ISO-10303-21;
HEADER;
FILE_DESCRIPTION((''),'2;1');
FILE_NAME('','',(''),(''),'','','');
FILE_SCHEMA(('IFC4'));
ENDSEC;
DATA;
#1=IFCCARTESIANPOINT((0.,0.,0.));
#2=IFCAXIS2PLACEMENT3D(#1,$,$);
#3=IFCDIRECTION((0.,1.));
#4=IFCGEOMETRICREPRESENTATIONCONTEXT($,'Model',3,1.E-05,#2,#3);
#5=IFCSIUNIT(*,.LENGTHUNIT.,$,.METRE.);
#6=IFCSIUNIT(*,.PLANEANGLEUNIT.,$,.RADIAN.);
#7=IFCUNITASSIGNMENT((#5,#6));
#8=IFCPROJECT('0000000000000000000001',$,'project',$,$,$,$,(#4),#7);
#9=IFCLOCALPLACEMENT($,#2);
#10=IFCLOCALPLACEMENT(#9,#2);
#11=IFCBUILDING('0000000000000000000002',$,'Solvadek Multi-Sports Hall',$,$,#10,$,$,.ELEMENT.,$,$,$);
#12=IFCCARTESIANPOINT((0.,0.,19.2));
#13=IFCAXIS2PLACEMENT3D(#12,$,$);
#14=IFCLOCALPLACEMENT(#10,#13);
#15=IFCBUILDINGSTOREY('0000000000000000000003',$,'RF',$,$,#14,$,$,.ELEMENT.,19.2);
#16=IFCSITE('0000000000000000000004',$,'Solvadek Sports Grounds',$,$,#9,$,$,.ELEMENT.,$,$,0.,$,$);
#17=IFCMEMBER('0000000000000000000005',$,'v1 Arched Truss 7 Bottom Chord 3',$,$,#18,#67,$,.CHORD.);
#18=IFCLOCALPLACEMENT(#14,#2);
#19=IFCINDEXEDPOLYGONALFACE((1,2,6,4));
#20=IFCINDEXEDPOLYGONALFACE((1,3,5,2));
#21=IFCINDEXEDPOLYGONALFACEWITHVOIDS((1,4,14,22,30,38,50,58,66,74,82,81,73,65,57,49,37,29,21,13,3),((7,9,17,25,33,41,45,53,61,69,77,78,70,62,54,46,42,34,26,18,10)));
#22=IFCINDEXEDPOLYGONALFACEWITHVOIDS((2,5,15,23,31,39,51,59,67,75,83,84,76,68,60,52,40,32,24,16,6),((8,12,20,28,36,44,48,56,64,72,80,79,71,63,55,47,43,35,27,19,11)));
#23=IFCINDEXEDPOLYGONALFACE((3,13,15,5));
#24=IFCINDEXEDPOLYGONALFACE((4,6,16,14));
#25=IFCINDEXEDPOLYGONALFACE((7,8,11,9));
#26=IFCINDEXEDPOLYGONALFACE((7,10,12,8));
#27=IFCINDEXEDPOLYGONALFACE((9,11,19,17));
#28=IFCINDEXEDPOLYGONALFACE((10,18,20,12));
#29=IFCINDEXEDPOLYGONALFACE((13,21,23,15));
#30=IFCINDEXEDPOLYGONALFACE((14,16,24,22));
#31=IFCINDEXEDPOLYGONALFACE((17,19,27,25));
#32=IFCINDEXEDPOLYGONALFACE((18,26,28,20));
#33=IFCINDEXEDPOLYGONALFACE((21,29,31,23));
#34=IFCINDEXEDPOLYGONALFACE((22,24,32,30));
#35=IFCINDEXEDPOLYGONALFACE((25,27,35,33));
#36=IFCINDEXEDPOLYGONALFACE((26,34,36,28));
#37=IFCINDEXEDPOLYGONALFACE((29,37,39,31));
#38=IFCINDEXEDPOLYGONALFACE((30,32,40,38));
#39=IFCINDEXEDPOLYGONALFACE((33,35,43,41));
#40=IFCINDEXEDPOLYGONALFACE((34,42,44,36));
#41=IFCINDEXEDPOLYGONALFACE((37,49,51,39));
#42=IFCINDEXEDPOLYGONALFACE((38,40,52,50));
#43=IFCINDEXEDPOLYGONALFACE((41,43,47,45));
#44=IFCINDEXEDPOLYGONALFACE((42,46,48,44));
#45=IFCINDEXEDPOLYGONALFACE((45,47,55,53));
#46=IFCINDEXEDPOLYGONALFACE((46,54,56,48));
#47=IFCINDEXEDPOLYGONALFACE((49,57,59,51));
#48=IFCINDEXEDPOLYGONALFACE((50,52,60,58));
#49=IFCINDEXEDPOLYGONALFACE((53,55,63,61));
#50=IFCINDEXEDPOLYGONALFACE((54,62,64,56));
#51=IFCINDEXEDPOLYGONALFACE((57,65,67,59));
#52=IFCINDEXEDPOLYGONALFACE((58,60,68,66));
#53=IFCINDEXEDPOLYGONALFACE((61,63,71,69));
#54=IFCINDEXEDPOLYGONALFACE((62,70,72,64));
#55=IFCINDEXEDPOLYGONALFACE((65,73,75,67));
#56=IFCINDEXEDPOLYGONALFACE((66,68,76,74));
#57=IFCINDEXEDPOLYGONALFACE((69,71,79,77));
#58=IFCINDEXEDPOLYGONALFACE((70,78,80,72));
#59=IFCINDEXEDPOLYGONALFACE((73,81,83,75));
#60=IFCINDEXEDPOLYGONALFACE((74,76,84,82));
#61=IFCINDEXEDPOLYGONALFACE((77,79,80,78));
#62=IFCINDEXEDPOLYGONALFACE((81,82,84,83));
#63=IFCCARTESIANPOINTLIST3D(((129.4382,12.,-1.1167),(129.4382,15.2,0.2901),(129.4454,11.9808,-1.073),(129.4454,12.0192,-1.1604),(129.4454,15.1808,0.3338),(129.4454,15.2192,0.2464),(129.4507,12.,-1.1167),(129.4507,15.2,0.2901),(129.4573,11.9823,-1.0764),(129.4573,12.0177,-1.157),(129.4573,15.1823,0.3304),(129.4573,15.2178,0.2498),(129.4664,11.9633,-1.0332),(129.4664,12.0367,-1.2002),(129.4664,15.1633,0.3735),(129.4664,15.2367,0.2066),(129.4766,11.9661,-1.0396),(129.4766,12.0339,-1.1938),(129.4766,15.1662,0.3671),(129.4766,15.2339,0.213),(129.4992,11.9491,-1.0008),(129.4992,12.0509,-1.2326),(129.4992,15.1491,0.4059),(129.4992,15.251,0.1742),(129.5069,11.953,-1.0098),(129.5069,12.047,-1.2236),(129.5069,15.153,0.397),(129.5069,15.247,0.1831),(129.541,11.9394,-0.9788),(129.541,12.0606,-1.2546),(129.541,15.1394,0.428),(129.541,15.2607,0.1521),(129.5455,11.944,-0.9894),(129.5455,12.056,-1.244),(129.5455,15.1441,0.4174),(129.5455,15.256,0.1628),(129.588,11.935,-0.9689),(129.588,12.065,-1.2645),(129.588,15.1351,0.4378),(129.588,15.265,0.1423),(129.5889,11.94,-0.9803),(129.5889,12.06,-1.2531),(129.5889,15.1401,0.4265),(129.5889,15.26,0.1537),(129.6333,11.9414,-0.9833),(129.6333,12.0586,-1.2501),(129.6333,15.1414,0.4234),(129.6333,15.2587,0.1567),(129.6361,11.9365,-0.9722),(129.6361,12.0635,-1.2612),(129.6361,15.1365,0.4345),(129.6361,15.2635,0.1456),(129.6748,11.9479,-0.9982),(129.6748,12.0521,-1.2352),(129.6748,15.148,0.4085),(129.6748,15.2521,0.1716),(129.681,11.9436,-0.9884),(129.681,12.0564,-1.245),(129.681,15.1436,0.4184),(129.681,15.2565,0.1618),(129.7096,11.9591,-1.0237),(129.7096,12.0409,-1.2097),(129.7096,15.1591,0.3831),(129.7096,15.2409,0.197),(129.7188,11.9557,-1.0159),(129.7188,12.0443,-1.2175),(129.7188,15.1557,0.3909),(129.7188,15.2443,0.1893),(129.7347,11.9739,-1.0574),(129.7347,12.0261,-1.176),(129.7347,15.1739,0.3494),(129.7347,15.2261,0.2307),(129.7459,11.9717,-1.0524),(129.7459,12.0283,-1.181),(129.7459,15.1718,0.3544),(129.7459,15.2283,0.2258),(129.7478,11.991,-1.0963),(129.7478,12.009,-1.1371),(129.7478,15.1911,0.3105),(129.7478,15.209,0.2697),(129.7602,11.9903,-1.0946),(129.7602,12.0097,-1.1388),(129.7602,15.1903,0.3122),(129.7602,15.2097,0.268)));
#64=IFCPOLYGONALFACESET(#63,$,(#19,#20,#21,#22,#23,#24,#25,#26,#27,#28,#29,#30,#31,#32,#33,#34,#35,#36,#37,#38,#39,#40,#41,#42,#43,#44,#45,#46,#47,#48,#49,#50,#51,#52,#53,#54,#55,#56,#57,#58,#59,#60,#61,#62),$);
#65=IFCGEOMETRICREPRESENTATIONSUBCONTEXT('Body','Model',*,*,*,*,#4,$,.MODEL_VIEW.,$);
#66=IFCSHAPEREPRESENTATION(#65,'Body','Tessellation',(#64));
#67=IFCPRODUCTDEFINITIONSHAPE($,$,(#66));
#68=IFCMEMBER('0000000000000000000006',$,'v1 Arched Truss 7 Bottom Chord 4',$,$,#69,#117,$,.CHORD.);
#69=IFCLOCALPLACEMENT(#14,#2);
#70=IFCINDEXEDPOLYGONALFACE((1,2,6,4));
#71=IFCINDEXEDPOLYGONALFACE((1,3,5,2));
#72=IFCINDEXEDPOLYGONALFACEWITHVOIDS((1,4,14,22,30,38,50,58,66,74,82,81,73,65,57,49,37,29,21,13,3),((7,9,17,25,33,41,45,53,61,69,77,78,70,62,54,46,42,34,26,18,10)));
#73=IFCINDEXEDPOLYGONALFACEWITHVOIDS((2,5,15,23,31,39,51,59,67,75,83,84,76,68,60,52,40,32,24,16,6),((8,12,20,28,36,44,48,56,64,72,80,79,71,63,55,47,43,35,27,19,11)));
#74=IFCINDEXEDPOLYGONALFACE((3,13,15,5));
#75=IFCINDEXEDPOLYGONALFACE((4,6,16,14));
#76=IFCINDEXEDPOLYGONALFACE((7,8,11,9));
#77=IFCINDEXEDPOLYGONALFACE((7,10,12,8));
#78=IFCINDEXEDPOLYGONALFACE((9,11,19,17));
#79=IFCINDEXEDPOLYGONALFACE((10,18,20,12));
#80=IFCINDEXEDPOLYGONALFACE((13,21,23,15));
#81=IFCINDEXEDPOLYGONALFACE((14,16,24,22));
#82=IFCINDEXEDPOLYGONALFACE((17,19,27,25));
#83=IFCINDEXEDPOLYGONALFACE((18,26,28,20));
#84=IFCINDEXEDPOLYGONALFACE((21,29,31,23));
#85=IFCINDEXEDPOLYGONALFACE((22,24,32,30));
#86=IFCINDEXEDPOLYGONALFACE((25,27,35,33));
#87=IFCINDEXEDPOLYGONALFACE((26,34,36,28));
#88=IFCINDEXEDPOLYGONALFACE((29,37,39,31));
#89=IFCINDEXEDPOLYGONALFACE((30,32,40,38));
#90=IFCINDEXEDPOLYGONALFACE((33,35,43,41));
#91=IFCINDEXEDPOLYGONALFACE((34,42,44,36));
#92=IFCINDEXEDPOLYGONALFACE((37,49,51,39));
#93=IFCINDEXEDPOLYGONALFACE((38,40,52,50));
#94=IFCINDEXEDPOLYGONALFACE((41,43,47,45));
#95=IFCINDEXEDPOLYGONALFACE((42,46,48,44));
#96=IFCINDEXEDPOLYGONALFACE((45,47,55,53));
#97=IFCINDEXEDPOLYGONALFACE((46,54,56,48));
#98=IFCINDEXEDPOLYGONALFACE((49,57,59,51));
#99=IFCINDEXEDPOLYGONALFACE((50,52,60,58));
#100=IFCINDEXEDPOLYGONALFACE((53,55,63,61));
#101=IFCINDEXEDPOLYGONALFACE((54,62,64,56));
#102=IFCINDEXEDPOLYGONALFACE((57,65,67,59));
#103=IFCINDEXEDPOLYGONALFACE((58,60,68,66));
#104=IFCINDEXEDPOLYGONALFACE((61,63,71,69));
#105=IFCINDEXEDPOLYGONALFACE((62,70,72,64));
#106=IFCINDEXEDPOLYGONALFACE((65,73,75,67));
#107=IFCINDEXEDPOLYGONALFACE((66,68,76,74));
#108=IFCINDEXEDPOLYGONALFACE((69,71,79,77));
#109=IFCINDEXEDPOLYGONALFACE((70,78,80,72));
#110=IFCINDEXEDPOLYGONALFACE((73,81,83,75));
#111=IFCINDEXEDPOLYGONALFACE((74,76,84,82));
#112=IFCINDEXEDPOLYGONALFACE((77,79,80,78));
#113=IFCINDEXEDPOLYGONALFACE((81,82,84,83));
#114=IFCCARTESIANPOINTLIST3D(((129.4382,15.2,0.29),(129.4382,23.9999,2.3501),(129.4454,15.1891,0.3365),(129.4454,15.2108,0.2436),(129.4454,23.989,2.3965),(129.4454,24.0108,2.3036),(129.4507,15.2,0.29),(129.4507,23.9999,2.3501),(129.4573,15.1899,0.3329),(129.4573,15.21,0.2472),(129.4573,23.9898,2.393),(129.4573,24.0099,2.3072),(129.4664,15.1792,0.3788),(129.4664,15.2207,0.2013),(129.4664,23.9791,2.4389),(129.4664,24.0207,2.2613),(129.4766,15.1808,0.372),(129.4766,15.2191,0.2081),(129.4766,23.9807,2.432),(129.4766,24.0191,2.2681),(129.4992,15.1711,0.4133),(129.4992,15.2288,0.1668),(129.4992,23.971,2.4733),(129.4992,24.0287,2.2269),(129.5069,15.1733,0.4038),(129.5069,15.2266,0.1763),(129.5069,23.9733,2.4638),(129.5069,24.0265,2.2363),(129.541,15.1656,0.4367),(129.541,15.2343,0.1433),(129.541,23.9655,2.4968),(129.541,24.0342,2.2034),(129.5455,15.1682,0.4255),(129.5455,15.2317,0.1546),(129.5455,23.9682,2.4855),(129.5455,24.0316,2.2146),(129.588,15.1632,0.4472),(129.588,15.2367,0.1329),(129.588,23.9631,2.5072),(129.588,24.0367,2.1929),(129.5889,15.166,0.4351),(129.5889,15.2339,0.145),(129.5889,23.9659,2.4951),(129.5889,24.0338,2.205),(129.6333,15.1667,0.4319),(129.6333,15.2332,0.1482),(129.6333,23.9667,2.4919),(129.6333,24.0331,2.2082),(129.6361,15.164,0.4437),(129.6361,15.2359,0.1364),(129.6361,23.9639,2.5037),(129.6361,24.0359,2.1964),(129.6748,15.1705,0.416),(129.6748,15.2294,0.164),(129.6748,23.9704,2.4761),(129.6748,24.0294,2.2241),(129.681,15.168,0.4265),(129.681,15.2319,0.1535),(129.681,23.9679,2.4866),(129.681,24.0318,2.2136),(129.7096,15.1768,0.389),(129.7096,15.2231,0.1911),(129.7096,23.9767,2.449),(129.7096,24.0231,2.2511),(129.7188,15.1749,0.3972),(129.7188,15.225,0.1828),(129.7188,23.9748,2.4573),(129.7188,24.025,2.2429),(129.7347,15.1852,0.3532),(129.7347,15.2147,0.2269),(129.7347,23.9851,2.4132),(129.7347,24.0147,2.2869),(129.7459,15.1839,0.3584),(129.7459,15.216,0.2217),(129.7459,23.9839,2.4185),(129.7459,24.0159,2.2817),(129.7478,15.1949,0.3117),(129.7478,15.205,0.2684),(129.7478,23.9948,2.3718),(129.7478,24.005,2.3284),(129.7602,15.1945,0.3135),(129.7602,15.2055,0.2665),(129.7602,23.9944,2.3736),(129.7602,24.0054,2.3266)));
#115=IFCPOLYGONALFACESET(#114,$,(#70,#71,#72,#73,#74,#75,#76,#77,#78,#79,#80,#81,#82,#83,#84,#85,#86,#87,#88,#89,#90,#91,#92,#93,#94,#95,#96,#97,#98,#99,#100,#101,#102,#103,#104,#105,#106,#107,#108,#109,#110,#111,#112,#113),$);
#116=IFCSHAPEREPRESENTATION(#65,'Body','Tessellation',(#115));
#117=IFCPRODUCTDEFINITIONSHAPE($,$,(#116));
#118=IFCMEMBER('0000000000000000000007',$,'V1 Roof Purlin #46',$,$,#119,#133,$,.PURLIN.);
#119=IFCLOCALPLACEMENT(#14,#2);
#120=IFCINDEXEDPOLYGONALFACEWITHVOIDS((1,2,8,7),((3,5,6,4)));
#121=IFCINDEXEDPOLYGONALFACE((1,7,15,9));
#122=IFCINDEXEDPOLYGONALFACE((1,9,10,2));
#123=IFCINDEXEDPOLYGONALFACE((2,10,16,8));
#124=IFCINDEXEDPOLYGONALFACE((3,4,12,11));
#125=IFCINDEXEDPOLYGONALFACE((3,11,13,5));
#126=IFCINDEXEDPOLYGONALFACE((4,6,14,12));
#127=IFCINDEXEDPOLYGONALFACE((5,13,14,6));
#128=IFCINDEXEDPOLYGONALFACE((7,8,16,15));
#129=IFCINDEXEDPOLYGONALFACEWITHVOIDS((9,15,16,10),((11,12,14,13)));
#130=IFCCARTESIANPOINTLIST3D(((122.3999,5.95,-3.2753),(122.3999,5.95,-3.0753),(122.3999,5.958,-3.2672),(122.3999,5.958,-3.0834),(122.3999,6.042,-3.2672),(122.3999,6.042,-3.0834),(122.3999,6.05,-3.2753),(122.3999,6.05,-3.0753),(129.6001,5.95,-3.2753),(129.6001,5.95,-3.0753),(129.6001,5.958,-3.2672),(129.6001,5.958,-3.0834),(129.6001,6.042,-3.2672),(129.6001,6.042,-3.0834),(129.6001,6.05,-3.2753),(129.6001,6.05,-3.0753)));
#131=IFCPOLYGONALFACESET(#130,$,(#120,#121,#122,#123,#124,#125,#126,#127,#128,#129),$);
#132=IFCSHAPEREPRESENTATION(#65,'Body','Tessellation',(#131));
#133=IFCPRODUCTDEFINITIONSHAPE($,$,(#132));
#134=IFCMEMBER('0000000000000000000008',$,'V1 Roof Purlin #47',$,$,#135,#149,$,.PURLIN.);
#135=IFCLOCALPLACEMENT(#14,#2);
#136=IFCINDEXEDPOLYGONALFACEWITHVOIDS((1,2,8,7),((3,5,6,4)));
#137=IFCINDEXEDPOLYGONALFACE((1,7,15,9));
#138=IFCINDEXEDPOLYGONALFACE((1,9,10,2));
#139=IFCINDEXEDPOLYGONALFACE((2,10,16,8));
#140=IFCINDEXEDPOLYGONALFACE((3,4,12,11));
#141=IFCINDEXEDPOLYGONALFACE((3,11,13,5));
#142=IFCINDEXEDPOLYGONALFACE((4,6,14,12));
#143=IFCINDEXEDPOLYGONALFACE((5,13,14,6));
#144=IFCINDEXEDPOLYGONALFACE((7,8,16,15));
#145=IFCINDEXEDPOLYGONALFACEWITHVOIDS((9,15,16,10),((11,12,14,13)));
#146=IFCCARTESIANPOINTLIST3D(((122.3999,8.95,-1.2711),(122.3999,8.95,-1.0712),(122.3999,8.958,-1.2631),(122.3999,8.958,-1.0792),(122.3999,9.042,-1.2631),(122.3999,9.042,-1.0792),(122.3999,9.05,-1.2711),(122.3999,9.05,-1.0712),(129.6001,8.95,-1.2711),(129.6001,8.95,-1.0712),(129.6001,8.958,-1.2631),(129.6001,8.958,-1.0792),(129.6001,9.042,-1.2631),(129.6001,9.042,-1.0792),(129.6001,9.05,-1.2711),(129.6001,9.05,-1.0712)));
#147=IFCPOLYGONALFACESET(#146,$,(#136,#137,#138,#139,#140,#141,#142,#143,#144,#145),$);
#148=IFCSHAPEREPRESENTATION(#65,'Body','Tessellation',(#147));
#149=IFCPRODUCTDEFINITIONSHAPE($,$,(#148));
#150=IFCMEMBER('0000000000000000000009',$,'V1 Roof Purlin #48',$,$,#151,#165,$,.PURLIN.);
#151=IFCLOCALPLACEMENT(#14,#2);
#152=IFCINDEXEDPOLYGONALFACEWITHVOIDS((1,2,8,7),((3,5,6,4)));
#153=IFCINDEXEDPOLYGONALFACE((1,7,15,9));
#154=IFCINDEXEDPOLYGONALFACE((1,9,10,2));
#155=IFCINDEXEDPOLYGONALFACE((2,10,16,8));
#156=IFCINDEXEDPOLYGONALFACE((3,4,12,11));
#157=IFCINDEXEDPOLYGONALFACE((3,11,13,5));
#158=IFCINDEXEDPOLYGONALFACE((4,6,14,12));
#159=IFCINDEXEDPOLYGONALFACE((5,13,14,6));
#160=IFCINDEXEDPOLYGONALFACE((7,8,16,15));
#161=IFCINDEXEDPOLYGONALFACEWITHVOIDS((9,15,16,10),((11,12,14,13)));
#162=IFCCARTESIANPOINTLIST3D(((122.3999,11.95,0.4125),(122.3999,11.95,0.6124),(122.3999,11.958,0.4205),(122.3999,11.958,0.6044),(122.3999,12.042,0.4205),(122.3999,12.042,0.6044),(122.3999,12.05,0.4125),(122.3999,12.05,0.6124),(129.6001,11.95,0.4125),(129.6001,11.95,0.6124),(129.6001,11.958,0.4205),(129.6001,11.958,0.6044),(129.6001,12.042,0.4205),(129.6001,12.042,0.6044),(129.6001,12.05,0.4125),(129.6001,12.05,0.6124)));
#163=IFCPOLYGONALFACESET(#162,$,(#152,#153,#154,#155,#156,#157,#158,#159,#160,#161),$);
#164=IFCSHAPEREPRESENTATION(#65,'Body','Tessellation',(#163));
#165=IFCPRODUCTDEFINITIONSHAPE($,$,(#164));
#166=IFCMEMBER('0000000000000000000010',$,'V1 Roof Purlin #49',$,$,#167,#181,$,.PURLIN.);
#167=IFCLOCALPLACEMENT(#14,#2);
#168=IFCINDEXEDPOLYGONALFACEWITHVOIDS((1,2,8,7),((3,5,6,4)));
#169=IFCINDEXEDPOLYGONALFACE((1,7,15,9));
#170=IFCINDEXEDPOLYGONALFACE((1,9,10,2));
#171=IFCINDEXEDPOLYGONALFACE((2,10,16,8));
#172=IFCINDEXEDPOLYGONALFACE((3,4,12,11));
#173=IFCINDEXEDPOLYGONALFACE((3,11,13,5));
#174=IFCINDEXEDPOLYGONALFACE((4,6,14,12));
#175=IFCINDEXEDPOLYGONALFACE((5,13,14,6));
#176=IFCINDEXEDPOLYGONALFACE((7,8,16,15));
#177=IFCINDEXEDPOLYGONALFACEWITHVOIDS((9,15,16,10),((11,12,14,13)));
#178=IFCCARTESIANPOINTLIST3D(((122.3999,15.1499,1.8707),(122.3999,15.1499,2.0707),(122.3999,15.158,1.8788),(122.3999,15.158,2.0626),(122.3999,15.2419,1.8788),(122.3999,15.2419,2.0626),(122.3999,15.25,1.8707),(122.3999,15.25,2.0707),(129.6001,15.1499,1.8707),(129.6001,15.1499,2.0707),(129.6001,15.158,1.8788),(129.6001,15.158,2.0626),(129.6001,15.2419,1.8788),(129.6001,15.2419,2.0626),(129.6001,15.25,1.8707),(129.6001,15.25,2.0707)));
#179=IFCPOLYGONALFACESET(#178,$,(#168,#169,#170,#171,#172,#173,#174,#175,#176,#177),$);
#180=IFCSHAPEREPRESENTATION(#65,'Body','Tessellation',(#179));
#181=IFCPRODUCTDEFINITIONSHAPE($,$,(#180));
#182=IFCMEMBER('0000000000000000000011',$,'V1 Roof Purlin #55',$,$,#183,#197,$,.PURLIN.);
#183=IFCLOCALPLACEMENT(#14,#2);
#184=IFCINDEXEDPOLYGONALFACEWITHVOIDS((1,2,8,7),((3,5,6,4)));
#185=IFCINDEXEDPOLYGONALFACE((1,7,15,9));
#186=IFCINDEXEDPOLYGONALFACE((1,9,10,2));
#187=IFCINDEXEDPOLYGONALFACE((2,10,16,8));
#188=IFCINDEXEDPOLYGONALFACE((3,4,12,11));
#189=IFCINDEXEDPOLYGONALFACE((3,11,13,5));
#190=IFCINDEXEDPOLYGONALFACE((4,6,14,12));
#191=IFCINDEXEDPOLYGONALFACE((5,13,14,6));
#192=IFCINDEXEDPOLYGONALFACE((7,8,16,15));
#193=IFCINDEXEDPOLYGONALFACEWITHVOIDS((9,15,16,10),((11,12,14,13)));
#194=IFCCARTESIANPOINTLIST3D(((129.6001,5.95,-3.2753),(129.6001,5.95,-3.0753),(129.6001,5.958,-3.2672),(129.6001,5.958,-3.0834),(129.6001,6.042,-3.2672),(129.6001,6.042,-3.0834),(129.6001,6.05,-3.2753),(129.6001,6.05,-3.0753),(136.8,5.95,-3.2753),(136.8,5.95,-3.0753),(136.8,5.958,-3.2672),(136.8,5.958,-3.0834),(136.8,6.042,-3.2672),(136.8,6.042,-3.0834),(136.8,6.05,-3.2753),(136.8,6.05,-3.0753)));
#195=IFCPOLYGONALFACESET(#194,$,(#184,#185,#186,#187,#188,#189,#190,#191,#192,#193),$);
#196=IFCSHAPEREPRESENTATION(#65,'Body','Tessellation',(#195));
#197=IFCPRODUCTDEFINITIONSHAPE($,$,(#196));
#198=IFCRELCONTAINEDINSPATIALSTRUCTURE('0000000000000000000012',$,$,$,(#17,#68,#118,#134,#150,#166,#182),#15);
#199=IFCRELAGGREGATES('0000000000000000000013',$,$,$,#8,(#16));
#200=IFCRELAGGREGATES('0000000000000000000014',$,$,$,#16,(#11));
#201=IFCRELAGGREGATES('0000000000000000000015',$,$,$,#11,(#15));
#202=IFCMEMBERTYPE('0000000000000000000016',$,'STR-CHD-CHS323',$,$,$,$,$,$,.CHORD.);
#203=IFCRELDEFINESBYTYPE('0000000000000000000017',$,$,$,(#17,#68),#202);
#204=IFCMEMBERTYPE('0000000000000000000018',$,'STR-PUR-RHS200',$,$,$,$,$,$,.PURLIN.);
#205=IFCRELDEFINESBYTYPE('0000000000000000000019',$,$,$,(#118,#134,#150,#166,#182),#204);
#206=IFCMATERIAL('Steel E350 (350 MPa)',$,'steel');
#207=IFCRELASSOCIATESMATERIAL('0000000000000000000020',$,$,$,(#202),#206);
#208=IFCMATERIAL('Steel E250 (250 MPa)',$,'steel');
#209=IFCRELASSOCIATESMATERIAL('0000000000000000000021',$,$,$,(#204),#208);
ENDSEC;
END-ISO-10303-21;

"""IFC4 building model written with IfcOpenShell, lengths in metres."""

from ifc_helpers import new_model, si_unit, direction, frame, origin, origin_2d, place, context, subcontext, project, spatial, hollow_rectangle, hollow_circle, extrude, material, material_profile, profile_set, type_object, element, save


model = new_model("IFC4")

# Units and contexts
model_context = context("Model", 3, precision=1e-05, world=origin(), true_north=direction((0.0, 1.0)))
body_context = subcontext(model_context, "Body", "Model", "MODEL_VIEW")
ifc_project = project(units=[si_unit("LENGTHUNIT", "METRE"), si_unit("PLANEANGLEUNIT", "RADIAN")], contexts=[model_context])

# Site, building, storey
site_placement = place(None, origin())
site = spatial("IfcSite", under=ifc_project, at=site_placement, Name="Solvadek Sports Grounds", CompositionType="ELEMENT", RefElevation=0.0)
building_placement = place(site_placement, origin())
building = spatial("IfcBuilding", under=site, at=building_placement, Name="Solvadek Multi-Sports Hall", CompositionType="ELEMENT")
storey_placement = place(building_placement, frame((0.0, 0.0, 19.2)))
storey = spatial("IfcBuildingStorey", under=building, at=storey_placement, Name="RF", CompositionType="ELEMENT", Elevation=19.2)

# Shared definitions
ifc_material_1 = material(Name="Steel E350 (350 MPa)", Category="steel")

# Members
ifc_material_profile_1 = material_profile(ifc_material_1, hollow_circle(Radius=0.1619, WallThickness=0.0125, at=origin_2d()), Name="CHS 323.9x12.5")
ifc_profile_set_1 = profile_set([ifc_material_profile_1], Name="Steel E350 (350 MPa)")
member_type_1 = type_object("IfcMemberType", Name="STR-CHD-CHS323", PredefinedType="CHORD", material=ifc_profile_set_1)
member_1_placement = place(storey_placement, frame((129.6001, 12.0, -1.1167), z_axis=(0.0, 0.915446, 0.402441), x_axis=(-1.0, 0.0, 0.0)))
element("IfcMember", 1, at=member_1_placement, inside=storey, type_object=member_type_1, Name="v1 Arched Truss 7 Bottom Chord 3", PredefinedType="CHORD", context=body_context, shape_type="SweptSolid", body=[
    extrude(hollow_circle(Radius=0.1619, WallThickness=0.0125, at=origin_2d()), origin(), (0.0, 0.0, 1.0), 3.4956),
])
member_2_placement = place(storey_placement, frame((129.6001, 15.2, 0.29), z_axis=(0.0, 0.973677, 0.227934), x_axis=(-1.0, 0.0, 0.0)))
element("IfcMember", 2, at=member_2_placement, inside=storey, type_object=member_type_1, Name="v1 Arched Truss 7 Bottom Chord 4", PredefinedType="CHORD", context=body_context, shape_type="SweptSolid", body=[
    extrude(hollow_circle(Radius=0.1619, WallThickness=0.0125, at=origin_2d()), origin(), (0.0, 0.0, 1.0), 9.0378),
])
ifc_material_2 = material(Name="Steel E250 (250 MPa)", Category="steel")
ifc_material_profile_2 = material_profile(ifc_material_2, hollow_rectangle(XDim=0.1001, YDim=0.2, WallThickness=0.0081, at=origin_2d()), Name="RHS 200x100x8")
ifc_profile_set_2 = profile_set([ifc_material_profile_2], Name="Steel E250 (250 MPa)")
member_type_2 = type_object("IfcMemberType", Name="STR-PUR-RHS200", PredefinedType="PURLIN", material=ifc_profile_set_2)
for number, where, z_axis, x_axis, name in (
    (3, (122.3999, 6.0, -3.1753), (1.0, 0.0, 0.0), (0.0, 1.0, 0.0), "V1 Roof Purlin #46"),
    (4, (122.3999, 9.0, -1.1711), (1.0, 0.0, 0.0), (0.0, 1.0, 0.0), "V1 Roof Purlin #47"),
    (5, (122.3999, 12.0, 0.5125), (1.0, 0.0, 0.0), (0.0, 1.0, 0.0), "V1 Roof Purlin #48"),
    (6, (122.3999, 15.2, 1.9707), (1.0, 0.0, 0.0), (0.0, 1.0, 0.0), "V1 Roof Purlin #49"),
):
    element("IfcMember", number, at=place(storey_placement, frame(where, z_axis=z_axis, x_axis=x_axis)), inside=storey, type_object=member_type_2, Name=name, PredefinedType="PURLIN", context=body_context, shape_type="SweptSolid", body=[
        extrude(hollow_rectangle(XDim=0.1001, YDim=0.2, WallThickness=0.0081, at=origin_2d()), origin(), (0.0, 0.0, 1.0), 7.2002),
    ])
for number, where, z_axis, x_axis, name in (
    (7, (129.6001, 6.0, -3.1753), (1.0, 0.0, 0.0), (0.0, 1.0, 0.0), "V1 Roof Purlin #55"),
):
    element("IfcMember", number, at=place(storey_placement, frame(where, z_axis=z_axis, x_axis=x_axis)), inside=storey, type_object=member_type_2, Name=name, PredefinedType="PURLIN", context=body_context, shape_type="SweptSolid", body=[
        extrude(hollow_rectangle(XDim=0.1001, YDim=0.2, WallThickness=0.0081, at=origin_2d()), origin(), (0.0, 0.0, 1.0), 7.2),
    ])

save(model, "model.ifc")
